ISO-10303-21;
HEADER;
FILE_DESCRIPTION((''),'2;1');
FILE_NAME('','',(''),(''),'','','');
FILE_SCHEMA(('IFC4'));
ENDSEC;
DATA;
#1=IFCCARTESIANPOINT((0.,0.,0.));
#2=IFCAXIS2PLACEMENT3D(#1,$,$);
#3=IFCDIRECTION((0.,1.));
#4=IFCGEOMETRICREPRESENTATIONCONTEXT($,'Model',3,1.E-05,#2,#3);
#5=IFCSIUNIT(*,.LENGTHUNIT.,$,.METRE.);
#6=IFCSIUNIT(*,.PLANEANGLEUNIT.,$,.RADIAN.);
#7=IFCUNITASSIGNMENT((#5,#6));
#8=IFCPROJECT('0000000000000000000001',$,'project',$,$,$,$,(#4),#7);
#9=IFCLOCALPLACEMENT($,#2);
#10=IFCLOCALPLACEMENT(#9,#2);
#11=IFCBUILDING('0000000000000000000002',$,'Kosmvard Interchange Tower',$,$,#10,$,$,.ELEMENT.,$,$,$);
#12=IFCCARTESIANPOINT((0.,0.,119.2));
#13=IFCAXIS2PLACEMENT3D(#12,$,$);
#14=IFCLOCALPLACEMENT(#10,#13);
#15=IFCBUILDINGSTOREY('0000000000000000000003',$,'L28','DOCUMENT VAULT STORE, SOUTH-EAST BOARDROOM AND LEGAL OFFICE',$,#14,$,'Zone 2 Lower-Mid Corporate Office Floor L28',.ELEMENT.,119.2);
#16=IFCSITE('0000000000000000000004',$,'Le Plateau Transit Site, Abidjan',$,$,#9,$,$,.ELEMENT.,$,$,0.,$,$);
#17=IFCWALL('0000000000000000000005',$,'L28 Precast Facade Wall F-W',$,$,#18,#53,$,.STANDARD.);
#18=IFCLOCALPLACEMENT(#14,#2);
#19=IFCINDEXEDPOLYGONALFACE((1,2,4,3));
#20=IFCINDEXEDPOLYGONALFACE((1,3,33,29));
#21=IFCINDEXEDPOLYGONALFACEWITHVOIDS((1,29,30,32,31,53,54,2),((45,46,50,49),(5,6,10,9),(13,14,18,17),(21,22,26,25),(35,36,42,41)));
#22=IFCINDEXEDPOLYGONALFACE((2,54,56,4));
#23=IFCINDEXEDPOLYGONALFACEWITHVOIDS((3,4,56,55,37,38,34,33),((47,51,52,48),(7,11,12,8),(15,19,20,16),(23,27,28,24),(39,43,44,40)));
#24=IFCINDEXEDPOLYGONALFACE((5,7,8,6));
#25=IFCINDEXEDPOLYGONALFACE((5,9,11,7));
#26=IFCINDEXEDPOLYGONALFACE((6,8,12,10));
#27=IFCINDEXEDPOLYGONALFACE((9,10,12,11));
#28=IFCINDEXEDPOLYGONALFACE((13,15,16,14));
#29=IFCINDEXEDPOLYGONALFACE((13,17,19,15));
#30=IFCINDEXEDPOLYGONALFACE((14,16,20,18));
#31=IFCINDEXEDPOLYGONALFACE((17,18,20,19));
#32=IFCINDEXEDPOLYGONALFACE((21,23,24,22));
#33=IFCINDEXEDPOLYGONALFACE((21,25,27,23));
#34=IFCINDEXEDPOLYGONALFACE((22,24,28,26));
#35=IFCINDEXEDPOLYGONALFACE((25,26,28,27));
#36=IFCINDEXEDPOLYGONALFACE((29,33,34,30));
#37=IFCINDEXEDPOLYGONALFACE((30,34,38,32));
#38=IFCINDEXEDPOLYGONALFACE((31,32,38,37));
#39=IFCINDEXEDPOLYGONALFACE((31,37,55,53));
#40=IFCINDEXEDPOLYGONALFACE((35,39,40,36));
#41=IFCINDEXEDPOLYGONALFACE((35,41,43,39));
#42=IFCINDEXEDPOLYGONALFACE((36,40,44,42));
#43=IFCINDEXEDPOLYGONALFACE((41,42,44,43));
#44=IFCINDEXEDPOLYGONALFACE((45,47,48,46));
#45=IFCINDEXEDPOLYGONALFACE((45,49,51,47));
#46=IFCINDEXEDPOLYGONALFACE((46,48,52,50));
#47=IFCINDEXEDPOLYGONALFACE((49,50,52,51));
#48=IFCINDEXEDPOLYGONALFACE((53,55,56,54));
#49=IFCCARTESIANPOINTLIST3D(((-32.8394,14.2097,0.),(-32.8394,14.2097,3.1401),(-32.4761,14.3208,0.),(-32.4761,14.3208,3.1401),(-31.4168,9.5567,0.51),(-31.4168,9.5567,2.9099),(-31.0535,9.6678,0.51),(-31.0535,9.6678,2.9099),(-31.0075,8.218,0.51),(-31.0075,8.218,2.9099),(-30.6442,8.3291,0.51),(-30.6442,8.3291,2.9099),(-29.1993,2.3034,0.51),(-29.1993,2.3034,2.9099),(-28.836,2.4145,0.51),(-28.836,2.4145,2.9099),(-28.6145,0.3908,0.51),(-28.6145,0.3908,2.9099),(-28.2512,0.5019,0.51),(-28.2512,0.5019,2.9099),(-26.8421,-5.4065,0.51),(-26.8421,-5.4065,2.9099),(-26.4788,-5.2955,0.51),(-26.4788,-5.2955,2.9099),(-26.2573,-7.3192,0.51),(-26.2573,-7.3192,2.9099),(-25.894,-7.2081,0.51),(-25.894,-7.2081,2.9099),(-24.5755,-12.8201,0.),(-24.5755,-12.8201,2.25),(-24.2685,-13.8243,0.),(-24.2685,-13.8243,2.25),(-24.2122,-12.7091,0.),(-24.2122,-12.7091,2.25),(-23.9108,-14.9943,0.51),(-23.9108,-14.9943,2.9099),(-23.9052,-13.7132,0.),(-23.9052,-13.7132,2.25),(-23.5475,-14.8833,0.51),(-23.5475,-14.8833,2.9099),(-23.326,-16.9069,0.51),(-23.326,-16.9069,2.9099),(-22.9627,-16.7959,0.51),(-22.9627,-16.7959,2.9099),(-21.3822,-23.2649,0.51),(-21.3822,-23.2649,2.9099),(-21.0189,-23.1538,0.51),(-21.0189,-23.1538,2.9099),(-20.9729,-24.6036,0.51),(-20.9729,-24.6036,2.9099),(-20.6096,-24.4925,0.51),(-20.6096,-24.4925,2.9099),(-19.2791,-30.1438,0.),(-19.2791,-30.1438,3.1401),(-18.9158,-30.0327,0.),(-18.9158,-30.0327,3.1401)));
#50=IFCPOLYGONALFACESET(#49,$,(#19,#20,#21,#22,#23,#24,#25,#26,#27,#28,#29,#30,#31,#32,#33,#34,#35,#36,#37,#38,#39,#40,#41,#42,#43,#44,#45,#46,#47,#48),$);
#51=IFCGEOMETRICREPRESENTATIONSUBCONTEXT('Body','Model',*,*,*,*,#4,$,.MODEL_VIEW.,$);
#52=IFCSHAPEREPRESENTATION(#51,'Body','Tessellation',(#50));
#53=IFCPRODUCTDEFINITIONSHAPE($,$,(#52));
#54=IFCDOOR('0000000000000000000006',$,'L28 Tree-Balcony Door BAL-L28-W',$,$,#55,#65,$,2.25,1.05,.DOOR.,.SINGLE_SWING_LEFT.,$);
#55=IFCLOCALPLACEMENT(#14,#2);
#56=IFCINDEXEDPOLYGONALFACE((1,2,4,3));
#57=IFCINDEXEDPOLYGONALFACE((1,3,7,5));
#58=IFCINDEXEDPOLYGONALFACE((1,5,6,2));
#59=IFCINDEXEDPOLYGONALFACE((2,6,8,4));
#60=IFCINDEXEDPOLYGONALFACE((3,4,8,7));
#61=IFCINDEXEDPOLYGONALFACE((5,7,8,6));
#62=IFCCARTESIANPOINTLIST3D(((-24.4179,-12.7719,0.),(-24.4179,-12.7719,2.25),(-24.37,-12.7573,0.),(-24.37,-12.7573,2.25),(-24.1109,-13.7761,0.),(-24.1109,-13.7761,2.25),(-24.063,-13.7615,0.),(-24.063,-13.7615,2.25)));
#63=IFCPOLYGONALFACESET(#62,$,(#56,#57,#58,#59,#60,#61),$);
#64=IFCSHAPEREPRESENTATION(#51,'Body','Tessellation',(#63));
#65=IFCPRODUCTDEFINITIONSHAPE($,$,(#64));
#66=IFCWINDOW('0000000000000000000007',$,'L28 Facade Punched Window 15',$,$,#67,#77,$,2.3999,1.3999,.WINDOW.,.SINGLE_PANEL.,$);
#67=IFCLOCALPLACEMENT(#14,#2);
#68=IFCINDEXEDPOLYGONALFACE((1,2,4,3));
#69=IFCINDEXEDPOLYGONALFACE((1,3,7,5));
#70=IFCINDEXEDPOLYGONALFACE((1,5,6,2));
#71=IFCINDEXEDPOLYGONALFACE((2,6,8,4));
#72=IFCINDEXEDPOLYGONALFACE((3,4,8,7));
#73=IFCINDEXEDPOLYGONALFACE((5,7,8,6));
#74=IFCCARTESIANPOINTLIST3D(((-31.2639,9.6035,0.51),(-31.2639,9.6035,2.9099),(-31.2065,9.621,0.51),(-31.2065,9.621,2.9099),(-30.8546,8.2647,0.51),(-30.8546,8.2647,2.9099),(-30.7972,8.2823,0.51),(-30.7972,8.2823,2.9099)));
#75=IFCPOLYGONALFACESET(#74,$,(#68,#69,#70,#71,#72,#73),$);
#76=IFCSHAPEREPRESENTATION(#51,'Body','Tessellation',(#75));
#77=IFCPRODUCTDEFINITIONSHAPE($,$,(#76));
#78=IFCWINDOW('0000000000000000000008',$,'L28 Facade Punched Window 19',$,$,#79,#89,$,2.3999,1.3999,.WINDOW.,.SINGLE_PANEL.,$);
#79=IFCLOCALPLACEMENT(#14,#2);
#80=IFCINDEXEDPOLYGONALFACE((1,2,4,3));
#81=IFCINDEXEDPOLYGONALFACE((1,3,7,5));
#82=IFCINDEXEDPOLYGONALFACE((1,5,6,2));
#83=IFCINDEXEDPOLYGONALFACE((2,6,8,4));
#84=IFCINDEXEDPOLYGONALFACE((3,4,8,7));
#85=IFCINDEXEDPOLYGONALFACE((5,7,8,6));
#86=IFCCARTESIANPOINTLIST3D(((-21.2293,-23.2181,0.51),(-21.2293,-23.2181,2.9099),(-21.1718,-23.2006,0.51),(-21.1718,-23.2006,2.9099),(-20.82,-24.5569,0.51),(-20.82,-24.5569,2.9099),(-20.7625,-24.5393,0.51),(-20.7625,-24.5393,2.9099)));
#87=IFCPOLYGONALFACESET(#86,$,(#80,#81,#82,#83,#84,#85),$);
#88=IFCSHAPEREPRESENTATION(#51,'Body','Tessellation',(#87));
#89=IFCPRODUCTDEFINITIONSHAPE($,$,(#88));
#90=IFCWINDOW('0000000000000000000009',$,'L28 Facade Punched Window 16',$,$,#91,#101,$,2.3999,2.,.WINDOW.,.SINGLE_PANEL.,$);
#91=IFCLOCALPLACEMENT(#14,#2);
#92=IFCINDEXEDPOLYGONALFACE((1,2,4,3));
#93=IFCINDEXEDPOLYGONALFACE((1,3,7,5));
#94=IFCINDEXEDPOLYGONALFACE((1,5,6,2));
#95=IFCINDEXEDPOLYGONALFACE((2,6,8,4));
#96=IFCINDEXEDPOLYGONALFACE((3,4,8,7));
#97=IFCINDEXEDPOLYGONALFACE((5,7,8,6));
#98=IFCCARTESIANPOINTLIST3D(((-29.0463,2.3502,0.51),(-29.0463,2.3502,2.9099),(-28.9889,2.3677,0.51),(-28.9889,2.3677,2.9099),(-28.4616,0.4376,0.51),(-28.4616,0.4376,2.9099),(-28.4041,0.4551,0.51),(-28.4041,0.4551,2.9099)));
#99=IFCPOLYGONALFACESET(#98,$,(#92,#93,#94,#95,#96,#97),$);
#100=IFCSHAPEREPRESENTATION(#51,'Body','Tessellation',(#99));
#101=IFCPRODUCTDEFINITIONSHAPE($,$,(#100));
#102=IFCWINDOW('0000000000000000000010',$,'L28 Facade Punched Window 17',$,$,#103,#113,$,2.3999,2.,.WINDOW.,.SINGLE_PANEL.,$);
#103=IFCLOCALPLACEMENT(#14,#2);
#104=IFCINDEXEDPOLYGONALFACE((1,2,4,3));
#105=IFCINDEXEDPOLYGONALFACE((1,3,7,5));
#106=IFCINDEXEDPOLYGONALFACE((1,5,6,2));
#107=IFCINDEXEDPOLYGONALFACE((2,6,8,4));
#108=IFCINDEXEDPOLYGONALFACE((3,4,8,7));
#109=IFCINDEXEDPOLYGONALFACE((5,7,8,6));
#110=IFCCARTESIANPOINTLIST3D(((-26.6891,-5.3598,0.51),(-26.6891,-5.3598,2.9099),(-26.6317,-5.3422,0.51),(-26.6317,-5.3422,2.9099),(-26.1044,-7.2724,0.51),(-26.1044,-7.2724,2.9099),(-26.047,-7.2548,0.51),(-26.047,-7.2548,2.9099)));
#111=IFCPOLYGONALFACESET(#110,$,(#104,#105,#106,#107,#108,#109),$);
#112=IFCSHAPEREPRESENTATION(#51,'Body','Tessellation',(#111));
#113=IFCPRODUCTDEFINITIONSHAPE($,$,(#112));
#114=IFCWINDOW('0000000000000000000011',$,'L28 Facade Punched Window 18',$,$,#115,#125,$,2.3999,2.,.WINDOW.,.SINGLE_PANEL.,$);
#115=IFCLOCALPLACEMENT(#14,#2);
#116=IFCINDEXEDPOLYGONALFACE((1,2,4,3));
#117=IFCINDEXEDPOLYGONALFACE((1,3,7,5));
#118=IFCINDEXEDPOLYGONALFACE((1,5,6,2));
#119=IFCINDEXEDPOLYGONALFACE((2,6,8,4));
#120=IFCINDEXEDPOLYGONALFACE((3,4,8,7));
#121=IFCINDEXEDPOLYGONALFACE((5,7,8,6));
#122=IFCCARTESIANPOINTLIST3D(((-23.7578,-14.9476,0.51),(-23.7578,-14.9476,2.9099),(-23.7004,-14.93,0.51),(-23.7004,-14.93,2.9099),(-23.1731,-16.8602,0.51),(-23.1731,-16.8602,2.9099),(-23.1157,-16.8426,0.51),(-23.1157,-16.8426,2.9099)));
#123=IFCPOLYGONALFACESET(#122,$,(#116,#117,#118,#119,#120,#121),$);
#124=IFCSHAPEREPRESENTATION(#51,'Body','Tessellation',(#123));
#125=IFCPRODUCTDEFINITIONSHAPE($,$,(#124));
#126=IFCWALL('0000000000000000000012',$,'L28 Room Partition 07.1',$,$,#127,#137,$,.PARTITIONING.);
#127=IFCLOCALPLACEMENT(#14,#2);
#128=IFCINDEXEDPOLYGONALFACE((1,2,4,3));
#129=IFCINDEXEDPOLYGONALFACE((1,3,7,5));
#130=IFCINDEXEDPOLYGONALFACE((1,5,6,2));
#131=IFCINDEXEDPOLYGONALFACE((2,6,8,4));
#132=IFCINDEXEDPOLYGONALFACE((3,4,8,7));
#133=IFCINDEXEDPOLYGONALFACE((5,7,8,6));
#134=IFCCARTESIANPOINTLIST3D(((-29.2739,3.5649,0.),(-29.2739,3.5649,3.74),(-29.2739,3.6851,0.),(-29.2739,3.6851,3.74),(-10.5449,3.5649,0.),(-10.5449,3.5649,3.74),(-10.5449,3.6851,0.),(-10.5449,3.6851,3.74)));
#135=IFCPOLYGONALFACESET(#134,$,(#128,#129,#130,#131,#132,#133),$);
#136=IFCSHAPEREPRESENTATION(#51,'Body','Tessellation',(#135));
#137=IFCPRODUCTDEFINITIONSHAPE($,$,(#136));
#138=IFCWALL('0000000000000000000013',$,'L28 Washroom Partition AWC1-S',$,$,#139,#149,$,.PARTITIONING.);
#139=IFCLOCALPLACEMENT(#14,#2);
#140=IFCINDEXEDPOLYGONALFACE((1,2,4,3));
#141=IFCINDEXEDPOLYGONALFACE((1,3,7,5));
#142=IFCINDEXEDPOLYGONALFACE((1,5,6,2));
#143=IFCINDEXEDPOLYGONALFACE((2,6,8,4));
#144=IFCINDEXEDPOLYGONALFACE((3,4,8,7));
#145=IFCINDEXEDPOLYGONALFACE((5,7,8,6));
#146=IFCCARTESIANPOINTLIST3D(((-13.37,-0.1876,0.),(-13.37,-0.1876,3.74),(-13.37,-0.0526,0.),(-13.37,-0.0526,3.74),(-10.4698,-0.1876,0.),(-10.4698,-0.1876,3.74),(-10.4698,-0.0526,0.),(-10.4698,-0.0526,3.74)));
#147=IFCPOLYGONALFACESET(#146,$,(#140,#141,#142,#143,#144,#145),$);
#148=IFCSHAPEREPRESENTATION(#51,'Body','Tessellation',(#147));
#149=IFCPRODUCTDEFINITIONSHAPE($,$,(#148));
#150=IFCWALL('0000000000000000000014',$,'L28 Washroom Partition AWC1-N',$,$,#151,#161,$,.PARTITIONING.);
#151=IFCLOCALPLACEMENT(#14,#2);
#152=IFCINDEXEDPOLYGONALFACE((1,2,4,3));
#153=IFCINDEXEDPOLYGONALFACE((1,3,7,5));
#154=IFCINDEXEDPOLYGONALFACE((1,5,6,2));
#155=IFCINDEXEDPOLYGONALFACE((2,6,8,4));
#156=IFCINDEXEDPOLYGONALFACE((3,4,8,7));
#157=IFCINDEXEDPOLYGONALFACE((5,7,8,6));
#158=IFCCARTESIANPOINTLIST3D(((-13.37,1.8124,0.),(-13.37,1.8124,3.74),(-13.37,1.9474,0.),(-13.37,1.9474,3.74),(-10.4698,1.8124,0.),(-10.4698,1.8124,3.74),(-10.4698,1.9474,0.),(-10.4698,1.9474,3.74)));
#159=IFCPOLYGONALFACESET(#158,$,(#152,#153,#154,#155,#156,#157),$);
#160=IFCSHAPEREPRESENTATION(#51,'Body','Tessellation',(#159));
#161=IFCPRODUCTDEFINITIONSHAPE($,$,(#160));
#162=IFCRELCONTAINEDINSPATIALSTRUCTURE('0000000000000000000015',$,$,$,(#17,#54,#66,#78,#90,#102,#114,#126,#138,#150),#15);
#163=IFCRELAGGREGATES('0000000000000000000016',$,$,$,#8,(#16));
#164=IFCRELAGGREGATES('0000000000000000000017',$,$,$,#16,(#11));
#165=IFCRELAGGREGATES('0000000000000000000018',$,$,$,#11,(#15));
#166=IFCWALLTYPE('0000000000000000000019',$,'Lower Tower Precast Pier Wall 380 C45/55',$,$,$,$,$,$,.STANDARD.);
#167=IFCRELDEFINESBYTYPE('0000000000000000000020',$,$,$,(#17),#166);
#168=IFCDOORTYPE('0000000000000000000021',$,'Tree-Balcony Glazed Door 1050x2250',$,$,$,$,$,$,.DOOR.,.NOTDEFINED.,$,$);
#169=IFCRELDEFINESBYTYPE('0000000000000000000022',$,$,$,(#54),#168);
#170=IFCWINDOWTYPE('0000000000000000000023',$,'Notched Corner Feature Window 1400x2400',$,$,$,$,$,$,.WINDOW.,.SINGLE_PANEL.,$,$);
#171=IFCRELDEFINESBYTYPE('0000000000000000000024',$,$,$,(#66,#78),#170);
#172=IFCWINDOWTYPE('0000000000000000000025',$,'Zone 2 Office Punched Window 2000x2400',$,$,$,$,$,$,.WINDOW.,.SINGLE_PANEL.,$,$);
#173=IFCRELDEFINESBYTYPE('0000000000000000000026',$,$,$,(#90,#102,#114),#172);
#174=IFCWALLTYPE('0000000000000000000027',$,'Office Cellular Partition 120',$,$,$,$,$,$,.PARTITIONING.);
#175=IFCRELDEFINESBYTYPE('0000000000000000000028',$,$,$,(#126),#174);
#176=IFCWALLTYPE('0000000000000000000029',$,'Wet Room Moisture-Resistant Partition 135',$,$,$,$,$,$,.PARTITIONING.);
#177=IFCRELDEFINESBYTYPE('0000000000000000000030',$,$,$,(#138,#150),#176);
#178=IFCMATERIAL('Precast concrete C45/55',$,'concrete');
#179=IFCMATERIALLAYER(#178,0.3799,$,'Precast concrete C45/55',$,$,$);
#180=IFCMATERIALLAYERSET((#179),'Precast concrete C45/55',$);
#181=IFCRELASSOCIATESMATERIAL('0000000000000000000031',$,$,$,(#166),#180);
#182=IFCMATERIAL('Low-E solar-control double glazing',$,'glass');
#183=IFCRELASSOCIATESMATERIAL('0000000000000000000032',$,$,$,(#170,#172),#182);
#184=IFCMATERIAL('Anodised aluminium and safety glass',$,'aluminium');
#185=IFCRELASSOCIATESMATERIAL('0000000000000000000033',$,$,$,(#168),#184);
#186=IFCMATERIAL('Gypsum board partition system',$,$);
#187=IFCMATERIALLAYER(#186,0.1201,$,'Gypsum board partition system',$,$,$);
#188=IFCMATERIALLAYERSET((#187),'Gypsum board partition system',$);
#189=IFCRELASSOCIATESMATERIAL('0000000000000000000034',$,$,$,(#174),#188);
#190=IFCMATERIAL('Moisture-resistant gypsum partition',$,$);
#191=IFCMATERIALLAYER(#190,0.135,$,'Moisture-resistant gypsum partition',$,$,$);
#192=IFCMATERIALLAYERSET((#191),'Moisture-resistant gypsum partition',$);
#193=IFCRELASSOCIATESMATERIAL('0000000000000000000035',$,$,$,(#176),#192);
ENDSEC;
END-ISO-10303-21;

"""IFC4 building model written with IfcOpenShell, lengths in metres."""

from ifc_helpers import new_model, si_unit, direction, frame, frame_2d, origin, place, context, subcontext, project, spatial, rectangle, extrude, source, transform, mapped, material, layer, layer_set, type_object, element, fill, save


model = new_model("IFC4")

# Units and contexts
model_context = context("Model", 3, precision=1e-05, world=origin(), true_north=direction((0.0, 1.0)))
body_context = subcontext(model_context, "Body", "Model", "MODEL_VIEW")
ifc_project = project(units=[si_unit("LENGTHUNIT", "METRE"), si_unit("PLANEANGLEUNIT", "RADIAN")], contexts=[model_context])

# Site, building, storey
site_placement = place(None, origin())
site = spatial("IfcSite", under=ifc_project, at=site_placement, Name="Le Plateau Transit Site, Abidjan", CompositionType="ELEMENT", RefElevation=0.0)
building_placement = place(site_placement, origin())
building = spatial("IfcBuilding", under=site, at=building_placement, Name="Kosmvard Interchange Tower", CompositionType="ELEMENT")
storey_placement = place(building_placement, frame((0.0, 0.0, 119.2)))
storey = spatial("IfcBuildingStorey", under=building, at=storey_placement, Name="L28", Description="DOCUMENT VAULT STORE, SOUTH-EAST BOARDROOM AND LEGAL OFFICE", LongName="Zone 2 Lower-Mid Corporate Office Floor L28", CompositionType="ELEMENT", Elevation=119.2)

# Shared definitions
ifc_material_1 = material(Name="Precast concrete C45/55", Category="concrete")

# Shared definitions
ifc_layer_1 = layer(ifc_material_1, 0.3799, Name="Precast concrete C45/55")
ifc_layer_set_1 = layer_set([ifc_layer_1], Name="Precast concrete C45/55")
wall_type_1 = type_object("IfcWallType", Name="Lower Tower Precast Pier Wall 380 C45/55", PredefinedType="STANDARD", material=ifc_layer_set_1)

# Shared definitions
ifc_material_2 = material(Name="Low-E solar-control double glazing", Category="glass")
window_type_1 = type_object("IfcWindowType", Name="Notched Corner Feature Window 1400x2400", PartitioningType="SINGLE_PANEL", PredefinedType="WINDOW", material=ifc_material_2)
shared_shape_1 = source(origin(), body_context, "Body", "SweptSolid", [
    extrude(rectangle(XDim=1.3999, YDim=2.3999, at=frame_2d((0.7, 1.2))), frame((0.0, 0.03, 0.0), z_axis=(0.0, -1.0, 0.0), x_axis=(1.0, 0.0, 0.0)), (0.0, 0.0, 1.0), 0.0601),
])

# Wall, openings, door, windows
wall_1_placement = place(storey_placement, frame((-32.6577, 14.2651, 0.0), z_axis=(0.0, 0.0, 1.0), x_axis=(0.292373, -0.956304, 0.0)))
wall_1 = element("IfcWall", 1, at=wall_1_placement, inside=storey, type_object=wall_type_1, Name="L28 Precast Facade Wall F-W", PredefinedType="STANDARD", context=body_context, shape_type="SweptSolid", body=[
    extrude(rectangle(XDim=46.3801, YDim=0.3799, at=frame_2d((23.1899, 0.0))), origin(), (0.0, 0.0, 1.0), 3.1401),
])
opening_1_placement = place(wall_1_placement, frame((28.2649, 0.0, 0.0)))
opening_1 = element("IfcOpeningElement", 2, at=opening_1_placement, cuts=wall_1, PredefinedType="OPENING", context=body_context, shape_type="SweptSolid", body=[
    extrude(rectangle(XDim=1.05, YDim=2.25, at=frame_2d((0.5249, 1.125))), frame((0.0, 0.2, 0.0), z_axis=(0.0, -1.0, 0.0), x_axis=(1.0, 0.0, 0.0)), (0.0, 0.0, 1.0), 0.3999),
])
opening_2_placement = place(wall_1_placement, frame((4.8655, 0.0, 0.51)))
opening_2 = element("IfcOpeningElement", 3, at=opening_2_placement, cuts=wall_1, PredefinedType="OPENING", context=body_context, shape_type="SweptSolid", body=[
    extrude(rectangle(XDim=1.3999, YDim=2.3999, at=frame_2d((0.7, 1.2))), frame((0.0, 0.2, 0.0), z_axis=(0.0, -1.0, 0.0), x_axis=(1.0, 0.0, 0.0)), (0.0, 0.0, 1.0), 0.3999),
])
opening_3_placement = place(wall_1_placement, frame((12.4502, 0.0, 0.51)))
opening_3 = element("IfcOpeningElement", 4, at=opening_3_placement, cuts=wall_1, PredefinedType="OPENING", context=body_context, shape_type="SweptSolid", body=[
    extrude(rectangle(XDim=2.0, YDim=2.3999, at=frame_2d((1.0, 1.2))), frame((0.0, 0.2, 0.0), z_axis=(0.0, -1.0, 0.0), x_axis=(1.0, 0.0, 0.0)), (0.0, 0.0, 1.0), 0.3999),
])
opening_4_placement = place(wall_1_placement, frame((20.5125, 0.0, 0.51)))
opening_4 = element("IfcOpeningElement", 5, at=opening_4_placement, cuts=wall_1, PredefinedType="OPENING", context=body_context, shape_type="SweptSolid", body=[
    extrude(rectangle(XDim=2.0, YDim=2.3999, at=frame_2d((1.0, 1.2))), frame((0.0, 0.2, 0.0), z_axis=(0.0, -1.0, 0.0), x_axis=(1.0, 0.0, 0.0)), (0.0, 0.0, 1.0), 0.3999),
])
opening_5_placement = place(wall_1_placement, frame((30.5383, 0.0, 0.51)))
opening_5 = element("IfcOpeningElement", 6, at=opening_5_placement, cuts=wall_1, PredefinedType="OPENING", context=body_context, shape_type="SweptSolid", body=[
    extrude(rectangle(XDim=2.0, YDim=2.3999, at=frame_2d((1.0, 1.2))), frame((0.0, 0.2, 0.0), z_axis=(0.0, -1.0, 0.0), x_axis=(1.0, 0.0, 0.0)), (0.0, 0.0, 1.0), 0.3999),
])
opening_6_placement = place(wall_1_placement, frame((39.1868, 0.0, 0.51)))
opening_6 = element("IfcOpeningElement", 7, at=opening_6_placement, cuts=wall_1, PredefinedType="OPENING", context=body_context, shape_type="SweptSolid", body=[
    extrude(rectangle(XDim=1.3999, YDim=2.3999, at=frame_2d((0.7, 1.2))), frame((0.0, 0.2, 0.0), z_axis=(0.0, -1.0, 0.0), x_axis=(1.0, 0.0, 0.0)), (0.0, 0.0, 1.0), 0.3999),
])
ifc_material_3 = material(Name="Anodised aluminium and safety glass", Category="aluminium")
door_type = type_object("IfcDoorType", Name="Tree-Balcony Glazed Door 1050x2250", OperationType="NOTDEFINED", PredefinedType="DOOR", material=ifc_material_3)
shared_shape_2 = source(origin(), body_context, "Body", "SweptSolid", [
    extrude(rectangle(XDim=1.05, YDim=2.25, at=frame_2d((0.5249, 1.125))), frame((0.0, 0.0249, 0.0), z_axis=(0.0, -1.0, 0.0), x_axis=(1.0, 0.0, 0.0)), (0.0, 0.0, 1.0), 0.05),
])
door_placement = place(opening_1_placement, origin())
door = element("IfcDoor", 8, at=door_placement, inside=storey, type_object=door_type, Name="L28 Tree-Balcony Door BAL-L28-W", OperationType="SINGLE_SWING_LEFT", OverallHeight=2.25, OverallWidth=1.05, PredefinedType="DOOR", context=body_context, shape_type="MappedRepresentation", body=[
    mapped(shared_shape_2, transform((0.0, 0.0, 0.0), scale=1.0)),
])
fill(opening_1, door)
window_1_placement = place(opening_2_placement, origin())
window_1 = element("IfcWindow", 9, at=window_1_placement, inside=storey, type_object=window_type_1, Name="L28 Facade Punched Window 15", OverallHeight=2.3999, OverallWidth=1.3999, PartitioningType="SINGLE_PANEL", PredefinedType="WINDOW", context=body_context, shape_type="MappedRepresentation", body=[
    mapped(shared_shape_1, transform((0.0, 0.0, 0.0), scale=1.0)),
])
fill(opening_2, window_1)
window_2_placement = place(opening_6_placement, origin())
window_2 = element("IfcWindow", 10, at=window_2_placement, inside=storey, type_object=window_type_1, Name="L28 Facade Punched Window 19", OverallHeight=2.3999, OverallWidth=1.3999, PartitioningType="SINGLE_PANEL", PredefinedType="WINDOW", context=body_context, shape_type="MappedRepresentation", body=[
    mapped(shared_shape_1, transform((0.0, 0.0, 0.0), scale=1.0)),
])
fill(opening_6, window_2)
window_type_2 = type_object("IfcWindowType", Name="Zone 2 Office Punched Window 2000x2400", PartitioningType="SINGLE_PANEL", PredefinedType="WINDOW", material=ifc_material_2)
shared_shape_3 = source(origin(), body_context, "Body", "SweptSolid", [
    extrude(rectangle(XDim=2.0, YDim=2.3999, at=frame_2d((1.0, 1.2))), frame((0.0, 0.03, 0.0), z_axis=(0.0, -1.0, 0.0), x_axis=(1.0, 0.0, 0.0)), (0.0, 0.0, 1.0), 0.0601),
])
window_3_placement = place(opening_3_placement, origin())
window_3 = element("IfcWindow", 11, at=window_3_placement, inside=storey, type_object=window_type_2, Name="L28 Facade Punched Window 16", OverallHeight=2.3999, OverallWidth=2.0, PartitioningType="SINGLE_PANEL", PredefinedType="WINDOW", context=body_context, shape_type="MappedRepresentation", body=[
    mapped(shared_shape_3, transform((0.0, 0.0, 0.0), scale=1.0)),
])
fill(opening_3, window_3)
window_4_placement = place(opening_4_placement, origin())
window_4 = element("IfcWindow", 12, at=window_4_placement, inside=storey, type_object=window_type_2, Name="L28 Facade Punched Window 17", OverallHeight=2.3999, OverallWidth=2.0, PartitioningType="SINGLE_PANEL", PredefinedType="WINDOW", context=body_context, shape_type="MappedRepresentation", body=[
    mapped(shared_shape_3, transform((0.0, 0.0, 0.0), scale=1.0)),
])
fill(opening_4, window_4)
window_5_placement = place(opening_5_placement, origin())
window_5 = element("IfcWindow", 13, at=window_5_placement, inside=storey, type_object=window_type_2, Name="L28 Facade Punched Window 18", OverallHeight=2.3999, OverallWidth=2.0, PartitioningType="SINGLE_PANEL", PredefinedType="WINDOW", context=body_context, shape_type="MappedRepresentation", body=[
    mapped(shared_shape_3, transform((0.0, 0.0, 0.0), scale=1.0)),
])
fill(opening_5, window_5)

# Walls
ifc_material_4 = material(Name="Gypsum board partition system")
ifc_layer_2 = layer(ifc_material_4, 0.1201, Name="Gypsum board partition system")
ifc_layer_set_2 = layer_set([ifc_layer_2], Name="Gypsum board partition system")
wall_type_2 = type_object("IfcWallType", Name="Office Cellular Partition 120", PredefinedType="PARTITIONING", material=ifc_layer_set_2)
wall_2_placement = place(storey_placement, frame((-29.2739, 3.625, 0.0), z_axis=(0.0, 0.0, 1.0), x_axis=(1.0, 0.0, 0.0)))
element("IfcWall", 14, at=wall_2_placement, inside=storey, type_object=wall_type_2, Name="L28 Room Partition 07.1", PredefinedType="PARTITIONING", context=body_context, shape_type="SweptSolid", body=[
    extrude(rectangle(XDim=18.729, YDim=0.1201, at=frame_2d((9.3645, 0.0))), origin(), (0.0, 0.0, 1.0), 3.74),
])
ifc_material_5 = material(Name="Moisture-resistant gypsum partition")
ifc_layer_3 = layer(ifc_material_5, 0.135, Name="Moisture-resistant gypsum partition")
ifc_layer_set_3 = layer_set([ifc_layer_3], Name="Moisture-resistant gypsum partition")
wall_type_3 = type_object("IfcWallType", Name="Wet Room Moisture-Resistant Partition 135", PredefinedType="PARTITIONING", material=ifc_layer_set_3)
for number, where, z_axis, x_axis, name in (
    (15, (-13.3701, -0.1201, 0.0), (0.0, 0.0, 1.0), (1.0, 0.0, 0.0), "L28 Washroom Partition AWC1-S"),
    (16, (-13.3701, 1.8799, 0.0), (0.0, 0.0, 1.0), (1.0, 0.0, 0.0), "L28 Washroom Partition AWC1-N"),
):
    element("IfcWall", number, at=place(storey_placement, frame(where, z_axis=z_axis, x_axis=x_axis)), inside=storey, type_object=wall_type_3, Name=name, PredefinedType="PARTITIONING", context=body_context, shape_type="SweptSolid", body=[
        extrude(rectangle(XDim=2.9001, YDim=0.135, at=frame_2d((1.4502, 0.0))), origin(), (0.0, 0.0, 1.0), 3.74),
    ])

save(model, "model.ifc")
